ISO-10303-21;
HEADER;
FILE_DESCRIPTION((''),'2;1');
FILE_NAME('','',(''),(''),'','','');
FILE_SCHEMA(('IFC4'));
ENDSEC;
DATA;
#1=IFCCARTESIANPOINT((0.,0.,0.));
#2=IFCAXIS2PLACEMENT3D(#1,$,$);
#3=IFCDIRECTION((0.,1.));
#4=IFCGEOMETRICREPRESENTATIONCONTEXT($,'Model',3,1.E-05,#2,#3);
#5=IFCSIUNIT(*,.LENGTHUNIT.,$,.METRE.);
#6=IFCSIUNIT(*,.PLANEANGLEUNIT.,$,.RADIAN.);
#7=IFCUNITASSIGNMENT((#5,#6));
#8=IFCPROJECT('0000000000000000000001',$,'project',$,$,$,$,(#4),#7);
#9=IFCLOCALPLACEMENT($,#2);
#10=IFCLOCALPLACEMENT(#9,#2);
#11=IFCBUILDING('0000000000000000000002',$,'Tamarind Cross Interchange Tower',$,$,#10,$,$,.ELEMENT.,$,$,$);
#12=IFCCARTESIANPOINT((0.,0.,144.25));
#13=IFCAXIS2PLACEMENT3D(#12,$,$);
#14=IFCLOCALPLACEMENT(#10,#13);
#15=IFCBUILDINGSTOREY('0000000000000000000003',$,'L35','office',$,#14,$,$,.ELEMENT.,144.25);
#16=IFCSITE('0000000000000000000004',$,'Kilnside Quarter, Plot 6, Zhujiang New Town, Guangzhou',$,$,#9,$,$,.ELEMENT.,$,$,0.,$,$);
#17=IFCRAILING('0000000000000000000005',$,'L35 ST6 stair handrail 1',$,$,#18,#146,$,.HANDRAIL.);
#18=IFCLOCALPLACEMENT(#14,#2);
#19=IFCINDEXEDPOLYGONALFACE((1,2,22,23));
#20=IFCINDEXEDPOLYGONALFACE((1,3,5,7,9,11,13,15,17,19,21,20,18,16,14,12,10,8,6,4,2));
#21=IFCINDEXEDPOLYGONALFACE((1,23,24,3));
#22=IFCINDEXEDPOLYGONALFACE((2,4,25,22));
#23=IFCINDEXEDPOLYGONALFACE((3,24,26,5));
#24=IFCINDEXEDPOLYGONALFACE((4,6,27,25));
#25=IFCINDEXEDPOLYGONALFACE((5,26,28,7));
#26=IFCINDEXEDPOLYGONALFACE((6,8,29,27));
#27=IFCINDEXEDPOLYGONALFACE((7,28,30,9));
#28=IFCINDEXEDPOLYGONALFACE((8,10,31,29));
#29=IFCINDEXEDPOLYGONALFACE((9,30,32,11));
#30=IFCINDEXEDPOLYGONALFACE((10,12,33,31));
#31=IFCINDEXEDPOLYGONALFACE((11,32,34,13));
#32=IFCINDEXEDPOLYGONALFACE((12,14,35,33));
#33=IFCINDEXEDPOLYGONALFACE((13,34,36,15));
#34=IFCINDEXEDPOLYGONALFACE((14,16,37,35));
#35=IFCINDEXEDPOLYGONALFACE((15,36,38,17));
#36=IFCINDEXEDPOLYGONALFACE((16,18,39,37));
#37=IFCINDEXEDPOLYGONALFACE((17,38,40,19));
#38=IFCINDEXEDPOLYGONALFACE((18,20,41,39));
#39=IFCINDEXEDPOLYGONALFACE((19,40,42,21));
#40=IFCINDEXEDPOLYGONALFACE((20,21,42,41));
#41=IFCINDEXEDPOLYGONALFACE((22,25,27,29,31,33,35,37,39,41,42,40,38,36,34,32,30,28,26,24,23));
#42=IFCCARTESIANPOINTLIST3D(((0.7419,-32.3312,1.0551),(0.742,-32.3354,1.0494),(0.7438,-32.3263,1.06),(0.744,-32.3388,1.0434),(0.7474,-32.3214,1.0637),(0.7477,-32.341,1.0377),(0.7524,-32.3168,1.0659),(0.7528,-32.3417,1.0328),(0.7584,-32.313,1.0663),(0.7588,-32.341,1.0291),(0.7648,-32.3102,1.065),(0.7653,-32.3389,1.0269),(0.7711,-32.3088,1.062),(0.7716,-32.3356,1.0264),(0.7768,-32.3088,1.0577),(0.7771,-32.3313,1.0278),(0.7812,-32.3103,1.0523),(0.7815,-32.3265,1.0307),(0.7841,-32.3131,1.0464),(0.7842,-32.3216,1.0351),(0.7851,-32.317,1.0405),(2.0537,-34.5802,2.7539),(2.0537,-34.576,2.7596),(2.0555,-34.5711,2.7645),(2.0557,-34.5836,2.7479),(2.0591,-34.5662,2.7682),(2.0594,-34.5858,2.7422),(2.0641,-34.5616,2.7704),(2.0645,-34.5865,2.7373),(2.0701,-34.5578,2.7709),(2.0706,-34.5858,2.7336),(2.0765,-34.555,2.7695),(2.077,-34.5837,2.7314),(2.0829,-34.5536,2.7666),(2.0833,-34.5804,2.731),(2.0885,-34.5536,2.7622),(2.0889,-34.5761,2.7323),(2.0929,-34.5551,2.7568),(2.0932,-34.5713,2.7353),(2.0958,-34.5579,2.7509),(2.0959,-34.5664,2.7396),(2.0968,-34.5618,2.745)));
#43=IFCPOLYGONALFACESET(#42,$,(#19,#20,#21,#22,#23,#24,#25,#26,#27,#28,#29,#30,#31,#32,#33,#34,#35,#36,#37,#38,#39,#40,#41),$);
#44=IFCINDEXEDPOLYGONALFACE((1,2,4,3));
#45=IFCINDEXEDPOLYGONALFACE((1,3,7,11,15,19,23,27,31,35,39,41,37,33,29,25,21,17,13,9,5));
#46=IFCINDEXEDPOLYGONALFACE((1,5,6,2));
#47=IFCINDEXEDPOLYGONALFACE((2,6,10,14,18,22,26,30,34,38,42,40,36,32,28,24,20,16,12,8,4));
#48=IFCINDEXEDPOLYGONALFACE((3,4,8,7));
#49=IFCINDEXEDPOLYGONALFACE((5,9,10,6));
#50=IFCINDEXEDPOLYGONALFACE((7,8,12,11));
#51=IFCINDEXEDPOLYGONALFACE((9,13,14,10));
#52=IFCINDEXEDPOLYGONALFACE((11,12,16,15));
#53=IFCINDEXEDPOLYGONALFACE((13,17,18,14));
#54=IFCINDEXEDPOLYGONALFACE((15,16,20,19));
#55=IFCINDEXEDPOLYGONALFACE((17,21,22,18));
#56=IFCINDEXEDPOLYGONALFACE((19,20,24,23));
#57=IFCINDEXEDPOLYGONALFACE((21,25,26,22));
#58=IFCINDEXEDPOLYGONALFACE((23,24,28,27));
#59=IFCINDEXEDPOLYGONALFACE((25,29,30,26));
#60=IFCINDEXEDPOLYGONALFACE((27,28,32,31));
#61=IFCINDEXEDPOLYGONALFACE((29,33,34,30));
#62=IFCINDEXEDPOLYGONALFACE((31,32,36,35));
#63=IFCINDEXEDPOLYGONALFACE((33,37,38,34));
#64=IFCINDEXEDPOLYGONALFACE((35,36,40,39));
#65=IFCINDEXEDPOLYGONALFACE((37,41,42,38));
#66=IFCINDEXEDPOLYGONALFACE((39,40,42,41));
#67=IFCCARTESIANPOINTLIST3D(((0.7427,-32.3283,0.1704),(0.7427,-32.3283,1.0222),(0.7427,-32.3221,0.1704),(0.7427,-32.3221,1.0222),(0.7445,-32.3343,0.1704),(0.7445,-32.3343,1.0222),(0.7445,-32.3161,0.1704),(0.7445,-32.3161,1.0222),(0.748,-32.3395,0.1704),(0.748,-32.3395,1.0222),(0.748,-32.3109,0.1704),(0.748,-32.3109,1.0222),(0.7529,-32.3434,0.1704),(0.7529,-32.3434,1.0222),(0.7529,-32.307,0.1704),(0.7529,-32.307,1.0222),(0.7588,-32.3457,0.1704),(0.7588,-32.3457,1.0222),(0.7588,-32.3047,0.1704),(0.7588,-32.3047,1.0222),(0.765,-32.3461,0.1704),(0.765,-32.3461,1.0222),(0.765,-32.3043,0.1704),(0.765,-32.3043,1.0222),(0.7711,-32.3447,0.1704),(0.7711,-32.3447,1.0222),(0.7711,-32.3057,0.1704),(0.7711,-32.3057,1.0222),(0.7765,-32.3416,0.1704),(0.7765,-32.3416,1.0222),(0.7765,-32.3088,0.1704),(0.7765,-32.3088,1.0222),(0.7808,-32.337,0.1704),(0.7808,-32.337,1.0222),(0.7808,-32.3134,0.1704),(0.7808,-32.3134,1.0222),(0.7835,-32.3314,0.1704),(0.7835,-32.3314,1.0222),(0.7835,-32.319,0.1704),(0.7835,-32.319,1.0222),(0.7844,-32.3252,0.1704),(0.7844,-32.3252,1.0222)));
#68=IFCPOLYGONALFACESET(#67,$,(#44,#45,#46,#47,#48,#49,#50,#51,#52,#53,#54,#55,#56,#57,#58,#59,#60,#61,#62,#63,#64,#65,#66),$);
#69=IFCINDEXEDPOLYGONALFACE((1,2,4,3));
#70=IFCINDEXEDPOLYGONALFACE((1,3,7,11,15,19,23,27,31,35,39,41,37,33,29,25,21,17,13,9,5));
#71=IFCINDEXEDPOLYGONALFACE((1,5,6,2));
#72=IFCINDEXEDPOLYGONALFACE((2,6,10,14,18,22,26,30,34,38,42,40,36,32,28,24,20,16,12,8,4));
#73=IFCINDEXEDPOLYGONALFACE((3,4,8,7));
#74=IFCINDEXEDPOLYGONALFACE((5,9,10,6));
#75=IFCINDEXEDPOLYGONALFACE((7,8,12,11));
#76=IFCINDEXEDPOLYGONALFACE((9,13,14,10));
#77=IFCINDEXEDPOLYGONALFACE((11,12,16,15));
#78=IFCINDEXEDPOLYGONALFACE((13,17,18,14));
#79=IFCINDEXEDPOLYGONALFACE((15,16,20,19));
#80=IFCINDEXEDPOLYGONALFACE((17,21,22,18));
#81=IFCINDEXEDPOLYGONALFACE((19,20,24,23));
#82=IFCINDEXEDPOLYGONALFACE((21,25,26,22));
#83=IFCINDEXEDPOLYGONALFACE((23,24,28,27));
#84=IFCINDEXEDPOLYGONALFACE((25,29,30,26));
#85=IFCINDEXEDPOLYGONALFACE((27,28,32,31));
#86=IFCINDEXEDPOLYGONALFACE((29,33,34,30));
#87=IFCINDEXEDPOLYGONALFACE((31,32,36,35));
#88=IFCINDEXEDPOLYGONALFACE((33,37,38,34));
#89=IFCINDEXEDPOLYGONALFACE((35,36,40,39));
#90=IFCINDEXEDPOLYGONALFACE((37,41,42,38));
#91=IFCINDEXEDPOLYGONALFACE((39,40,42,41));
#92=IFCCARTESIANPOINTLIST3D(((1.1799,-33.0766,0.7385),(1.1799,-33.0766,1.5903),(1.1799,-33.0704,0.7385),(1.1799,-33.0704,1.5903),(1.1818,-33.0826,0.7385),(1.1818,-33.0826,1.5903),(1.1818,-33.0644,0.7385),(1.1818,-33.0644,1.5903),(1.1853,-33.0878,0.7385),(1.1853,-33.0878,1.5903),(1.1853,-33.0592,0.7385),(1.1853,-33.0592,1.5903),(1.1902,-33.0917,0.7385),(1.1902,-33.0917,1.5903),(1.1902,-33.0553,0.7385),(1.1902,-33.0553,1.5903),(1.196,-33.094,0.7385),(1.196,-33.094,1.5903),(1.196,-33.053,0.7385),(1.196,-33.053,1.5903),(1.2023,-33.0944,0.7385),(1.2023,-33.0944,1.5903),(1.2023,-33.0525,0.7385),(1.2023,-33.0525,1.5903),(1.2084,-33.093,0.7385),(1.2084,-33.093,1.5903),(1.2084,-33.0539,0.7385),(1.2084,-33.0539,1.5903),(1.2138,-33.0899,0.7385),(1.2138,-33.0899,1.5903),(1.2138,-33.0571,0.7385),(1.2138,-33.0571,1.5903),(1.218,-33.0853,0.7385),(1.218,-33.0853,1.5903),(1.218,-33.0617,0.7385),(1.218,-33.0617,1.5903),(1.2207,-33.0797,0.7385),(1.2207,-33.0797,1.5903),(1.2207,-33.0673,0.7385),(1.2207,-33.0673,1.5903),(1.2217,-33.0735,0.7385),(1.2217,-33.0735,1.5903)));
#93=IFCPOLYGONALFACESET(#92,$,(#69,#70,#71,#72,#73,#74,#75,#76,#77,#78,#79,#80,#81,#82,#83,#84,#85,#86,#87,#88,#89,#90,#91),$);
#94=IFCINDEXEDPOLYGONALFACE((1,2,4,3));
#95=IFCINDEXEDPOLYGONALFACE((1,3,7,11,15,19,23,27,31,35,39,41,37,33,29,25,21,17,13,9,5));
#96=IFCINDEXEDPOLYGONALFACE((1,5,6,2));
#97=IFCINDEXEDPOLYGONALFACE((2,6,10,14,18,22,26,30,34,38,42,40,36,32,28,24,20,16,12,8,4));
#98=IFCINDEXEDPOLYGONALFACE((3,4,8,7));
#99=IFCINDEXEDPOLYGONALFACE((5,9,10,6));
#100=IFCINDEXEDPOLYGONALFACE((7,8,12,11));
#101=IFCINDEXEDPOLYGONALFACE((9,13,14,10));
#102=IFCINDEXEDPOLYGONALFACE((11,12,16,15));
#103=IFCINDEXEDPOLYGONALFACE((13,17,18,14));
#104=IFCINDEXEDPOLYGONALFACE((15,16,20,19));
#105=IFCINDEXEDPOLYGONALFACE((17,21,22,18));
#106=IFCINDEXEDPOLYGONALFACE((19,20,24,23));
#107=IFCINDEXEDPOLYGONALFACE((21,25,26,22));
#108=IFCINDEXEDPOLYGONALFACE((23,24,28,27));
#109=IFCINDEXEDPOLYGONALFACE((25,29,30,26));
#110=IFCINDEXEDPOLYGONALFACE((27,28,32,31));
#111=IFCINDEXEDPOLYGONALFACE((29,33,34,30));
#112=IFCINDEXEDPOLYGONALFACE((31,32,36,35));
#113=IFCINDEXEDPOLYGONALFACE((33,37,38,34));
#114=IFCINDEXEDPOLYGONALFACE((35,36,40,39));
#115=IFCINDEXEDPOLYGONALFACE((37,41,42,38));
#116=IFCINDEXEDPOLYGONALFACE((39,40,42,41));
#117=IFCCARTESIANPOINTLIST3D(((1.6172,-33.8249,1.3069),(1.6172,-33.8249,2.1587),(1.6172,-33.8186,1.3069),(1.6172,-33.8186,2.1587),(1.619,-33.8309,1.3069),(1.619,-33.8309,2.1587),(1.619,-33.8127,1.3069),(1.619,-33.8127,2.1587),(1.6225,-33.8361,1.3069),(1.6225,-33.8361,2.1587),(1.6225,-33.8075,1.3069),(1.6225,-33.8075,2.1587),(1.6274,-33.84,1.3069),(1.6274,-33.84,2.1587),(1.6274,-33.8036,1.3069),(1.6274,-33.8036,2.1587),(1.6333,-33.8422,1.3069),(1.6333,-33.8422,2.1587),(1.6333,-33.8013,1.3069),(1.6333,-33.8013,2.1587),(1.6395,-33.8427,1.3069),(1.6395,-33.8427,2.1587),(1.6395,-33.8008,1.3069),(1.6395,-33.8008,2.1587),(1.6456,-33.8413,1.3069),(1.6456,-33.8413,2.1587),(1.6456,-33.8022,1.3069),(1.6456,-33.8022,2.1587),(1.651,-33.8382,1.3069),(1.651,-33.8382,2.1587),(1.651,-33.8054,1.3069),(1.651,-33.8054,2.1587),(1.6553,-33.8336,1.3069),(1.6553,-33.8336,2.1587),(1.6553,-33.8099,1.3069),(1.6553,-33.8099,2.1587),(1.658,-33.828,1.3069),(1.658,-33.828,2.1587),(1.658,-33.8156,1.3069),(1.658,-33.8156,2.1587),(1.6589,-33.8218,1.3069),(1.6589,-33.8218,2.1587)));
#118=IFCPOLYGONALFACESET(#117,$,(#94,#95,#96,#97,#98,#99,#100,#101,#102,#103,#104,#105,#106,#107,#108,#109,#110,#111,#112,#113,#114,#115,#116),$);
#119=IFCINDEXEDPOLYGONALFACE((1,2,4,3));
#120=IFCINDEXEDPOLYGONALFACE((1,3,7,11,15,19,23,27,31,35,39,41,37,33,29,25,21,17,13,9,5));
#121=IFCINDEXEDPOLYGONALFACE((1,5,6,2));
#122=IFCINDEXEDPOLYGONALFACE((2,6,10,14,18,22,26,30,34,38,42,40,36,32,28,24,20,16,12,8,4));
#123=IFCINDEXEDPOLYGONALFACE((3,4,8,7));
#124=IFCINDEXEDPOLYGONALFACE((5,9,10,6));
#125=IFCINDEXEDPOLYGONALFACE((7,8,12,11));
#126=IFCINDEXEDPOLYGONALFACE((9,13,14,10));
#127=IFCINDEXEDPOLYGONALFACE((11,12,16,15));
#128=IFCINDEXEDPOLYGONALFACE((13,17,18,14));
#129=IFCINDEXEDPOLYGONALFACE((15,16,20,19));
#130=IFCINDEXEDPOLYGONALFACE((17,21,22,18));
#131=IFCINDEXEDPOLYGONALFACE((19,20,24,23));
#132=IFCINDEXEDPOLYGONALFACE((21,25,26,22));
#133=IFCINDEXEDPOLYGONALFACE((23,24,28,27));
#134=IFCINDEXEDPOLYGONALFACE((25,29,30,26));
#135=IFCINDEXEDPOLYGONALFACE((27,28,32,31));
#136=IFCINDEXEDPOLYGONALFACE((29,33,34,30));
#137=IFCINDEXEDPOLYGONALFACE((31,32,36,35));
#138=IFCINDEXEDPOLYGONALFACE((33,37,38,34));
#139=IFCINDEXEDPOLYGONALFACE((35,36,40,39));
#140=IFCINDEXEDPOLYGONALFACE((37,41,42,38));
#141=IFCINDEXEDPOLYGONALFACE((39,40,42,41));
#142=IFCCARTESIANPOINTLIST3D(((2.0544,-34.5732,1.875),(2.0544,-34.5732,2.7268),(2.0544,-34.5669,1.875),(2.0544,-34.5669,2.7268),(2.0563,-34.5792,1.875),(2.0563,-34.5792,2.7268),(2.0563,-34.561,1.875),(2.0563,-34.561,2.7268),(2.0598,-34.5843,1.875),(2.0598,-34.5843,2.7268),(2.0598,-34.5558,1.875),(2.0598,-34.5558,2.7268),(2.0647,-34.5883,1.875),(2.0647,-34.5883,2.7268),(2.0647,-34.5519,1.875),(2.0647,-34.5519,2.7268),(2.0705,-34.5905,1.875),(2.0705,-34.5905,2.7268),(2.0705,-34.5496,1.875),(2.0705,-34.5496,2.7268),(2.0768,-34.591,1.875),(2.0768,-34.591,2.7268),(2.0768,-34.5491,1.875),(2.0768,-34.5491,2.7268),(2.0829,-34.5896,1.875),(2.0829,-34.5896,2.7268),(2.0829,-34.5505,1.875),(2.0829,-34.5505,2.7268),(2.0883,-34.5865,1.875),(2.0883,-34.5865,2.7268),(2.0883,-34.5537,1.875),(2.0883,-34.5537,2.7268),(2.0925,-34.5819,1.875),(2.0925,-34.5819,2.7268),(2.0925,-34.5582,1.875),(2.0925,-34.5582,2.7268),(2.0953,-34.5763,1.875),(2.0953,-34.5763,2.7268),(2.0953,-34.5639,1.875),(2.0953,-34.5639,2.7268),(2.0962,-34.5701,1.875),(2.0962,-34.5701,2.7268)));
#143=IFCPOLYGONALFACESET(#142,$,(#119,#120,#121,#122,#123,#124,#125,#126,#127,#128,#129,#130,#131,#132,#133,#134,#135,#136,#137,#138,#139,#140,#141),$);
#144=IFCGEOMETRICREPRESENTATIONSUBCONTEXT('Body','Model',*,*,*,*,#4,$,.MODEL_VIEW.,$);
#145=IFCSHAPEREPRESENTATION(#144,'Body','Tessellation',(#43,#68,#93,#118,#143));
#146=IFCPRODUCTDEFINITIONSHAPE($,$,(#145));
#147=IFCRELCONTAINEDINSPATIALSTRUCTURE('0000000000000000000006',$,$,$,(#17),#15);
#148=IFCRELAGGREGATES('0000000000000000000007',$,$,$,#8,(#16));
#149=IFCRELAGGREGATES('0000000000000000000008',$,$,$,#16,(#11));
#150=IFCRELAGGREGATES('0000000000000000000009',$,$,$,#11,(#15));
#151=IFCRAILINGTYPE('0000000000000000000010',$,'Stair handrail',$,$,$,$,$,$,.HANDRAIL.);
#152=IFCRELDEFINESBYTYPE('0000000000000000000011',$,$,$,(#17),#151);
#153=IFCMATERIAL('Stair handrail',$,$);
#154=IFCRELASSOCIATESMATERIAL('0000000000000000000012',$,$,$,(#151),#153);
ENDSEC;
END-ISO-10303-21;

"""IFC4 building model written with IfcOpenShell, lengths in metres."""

from ifc_helpers import new_model, si_unit, direction, frame, origin, origin_2d, place, context, subcontext, project, spatial, circle, extrude, material, type_object, element, save


model = new_model("IFC4")

# Units and contexts
model_context = context("Model", 3, precision=1e-05, world=origin(), true_north=direction((0.0, 1.0)))
body_context = subcontext(model_context, "Body", "Model", "MODEL_VIEW")
ifc_project = project(units=[si_unit("LENGTHUNIT", "METRE"), si_unit("PLANEANGLEUNIT", "RADIAN")], contexts=[model_context])

# Site, building, storey
site_placement = place(None, origin())
site = spatial("IfcSite", under=ifc_project, at=site_placement, Name="Kilnside Quarter, Plot 6, Zhujiang New Town, Guangzhou", CompositionType="ELEMENT", RefElevation=0.0)
building_placement = place(site_placement, origin())
building = spatial("IfcBuilding", under=site, at=building_placement, Name="Tamarind Cross Interchange Tower", CompositionType="ELEMENT")
storey_placement = place(building_placement, frame((0.0, 0.0, 144.25)))
storey = spatial("IfcBuildingStorey", under=building, at=storey_placement, Name="L35", Description="office", CompositionType="ELEMENT", Elevation=144.25)

# Railing
ifc_material_1 = material(Name="Stair handrail")
railing_type_1 = type_object("IfcRailingType", Name="Stair handrail", PredefinedType="HANDRAIL", material=ifc_material_1)
railing_1_placement = place(storey_placement, frame((0.7634, -32.3252, 0.1704)))
element("IfcRailing", 1, at=railing_1_placement, inside=storey, type_object=railing_type_1, Name="L35 ST6 stair handrail 1", PredefinedType="HANDRAIL", context=body_context, shape_type="SweptSolid", body=[
    extrude(circle(Radius=0.0239, at=origin_2d()), frame((0.0, 0.0, 0.876), z_axis=(0.421927, -0.722059, 0.548278), x_axis=(0.863401, 0.504519, 0.0)), (0.0, 0.0, 1.0), 3.1089),
    extrude(circle(Radius=0.021, at=origin_2d()), origin(), (0.0, 0.0, 1.0), 0.8518),
    extrude(circle(Radius=0.021, at=origin_2d()), frame((0.4373, -0.7483, 0.5681)), (0.0, 0.0, 1.0), 0.8518),
    extrude(circle(Radius=0.021, at=origin_2d()), frame((0.8745, -1.4966, 1.1365)), (0.0, 0.0, 1.0), 0.8518),
    extrude(circle(Radius=0.021, at=origin_2d()), frame((1.3118, -2.2449, 1.7046)), (0.0, 0.0, 1.0), 0.8518),
])

save(model, "model.ifc")
